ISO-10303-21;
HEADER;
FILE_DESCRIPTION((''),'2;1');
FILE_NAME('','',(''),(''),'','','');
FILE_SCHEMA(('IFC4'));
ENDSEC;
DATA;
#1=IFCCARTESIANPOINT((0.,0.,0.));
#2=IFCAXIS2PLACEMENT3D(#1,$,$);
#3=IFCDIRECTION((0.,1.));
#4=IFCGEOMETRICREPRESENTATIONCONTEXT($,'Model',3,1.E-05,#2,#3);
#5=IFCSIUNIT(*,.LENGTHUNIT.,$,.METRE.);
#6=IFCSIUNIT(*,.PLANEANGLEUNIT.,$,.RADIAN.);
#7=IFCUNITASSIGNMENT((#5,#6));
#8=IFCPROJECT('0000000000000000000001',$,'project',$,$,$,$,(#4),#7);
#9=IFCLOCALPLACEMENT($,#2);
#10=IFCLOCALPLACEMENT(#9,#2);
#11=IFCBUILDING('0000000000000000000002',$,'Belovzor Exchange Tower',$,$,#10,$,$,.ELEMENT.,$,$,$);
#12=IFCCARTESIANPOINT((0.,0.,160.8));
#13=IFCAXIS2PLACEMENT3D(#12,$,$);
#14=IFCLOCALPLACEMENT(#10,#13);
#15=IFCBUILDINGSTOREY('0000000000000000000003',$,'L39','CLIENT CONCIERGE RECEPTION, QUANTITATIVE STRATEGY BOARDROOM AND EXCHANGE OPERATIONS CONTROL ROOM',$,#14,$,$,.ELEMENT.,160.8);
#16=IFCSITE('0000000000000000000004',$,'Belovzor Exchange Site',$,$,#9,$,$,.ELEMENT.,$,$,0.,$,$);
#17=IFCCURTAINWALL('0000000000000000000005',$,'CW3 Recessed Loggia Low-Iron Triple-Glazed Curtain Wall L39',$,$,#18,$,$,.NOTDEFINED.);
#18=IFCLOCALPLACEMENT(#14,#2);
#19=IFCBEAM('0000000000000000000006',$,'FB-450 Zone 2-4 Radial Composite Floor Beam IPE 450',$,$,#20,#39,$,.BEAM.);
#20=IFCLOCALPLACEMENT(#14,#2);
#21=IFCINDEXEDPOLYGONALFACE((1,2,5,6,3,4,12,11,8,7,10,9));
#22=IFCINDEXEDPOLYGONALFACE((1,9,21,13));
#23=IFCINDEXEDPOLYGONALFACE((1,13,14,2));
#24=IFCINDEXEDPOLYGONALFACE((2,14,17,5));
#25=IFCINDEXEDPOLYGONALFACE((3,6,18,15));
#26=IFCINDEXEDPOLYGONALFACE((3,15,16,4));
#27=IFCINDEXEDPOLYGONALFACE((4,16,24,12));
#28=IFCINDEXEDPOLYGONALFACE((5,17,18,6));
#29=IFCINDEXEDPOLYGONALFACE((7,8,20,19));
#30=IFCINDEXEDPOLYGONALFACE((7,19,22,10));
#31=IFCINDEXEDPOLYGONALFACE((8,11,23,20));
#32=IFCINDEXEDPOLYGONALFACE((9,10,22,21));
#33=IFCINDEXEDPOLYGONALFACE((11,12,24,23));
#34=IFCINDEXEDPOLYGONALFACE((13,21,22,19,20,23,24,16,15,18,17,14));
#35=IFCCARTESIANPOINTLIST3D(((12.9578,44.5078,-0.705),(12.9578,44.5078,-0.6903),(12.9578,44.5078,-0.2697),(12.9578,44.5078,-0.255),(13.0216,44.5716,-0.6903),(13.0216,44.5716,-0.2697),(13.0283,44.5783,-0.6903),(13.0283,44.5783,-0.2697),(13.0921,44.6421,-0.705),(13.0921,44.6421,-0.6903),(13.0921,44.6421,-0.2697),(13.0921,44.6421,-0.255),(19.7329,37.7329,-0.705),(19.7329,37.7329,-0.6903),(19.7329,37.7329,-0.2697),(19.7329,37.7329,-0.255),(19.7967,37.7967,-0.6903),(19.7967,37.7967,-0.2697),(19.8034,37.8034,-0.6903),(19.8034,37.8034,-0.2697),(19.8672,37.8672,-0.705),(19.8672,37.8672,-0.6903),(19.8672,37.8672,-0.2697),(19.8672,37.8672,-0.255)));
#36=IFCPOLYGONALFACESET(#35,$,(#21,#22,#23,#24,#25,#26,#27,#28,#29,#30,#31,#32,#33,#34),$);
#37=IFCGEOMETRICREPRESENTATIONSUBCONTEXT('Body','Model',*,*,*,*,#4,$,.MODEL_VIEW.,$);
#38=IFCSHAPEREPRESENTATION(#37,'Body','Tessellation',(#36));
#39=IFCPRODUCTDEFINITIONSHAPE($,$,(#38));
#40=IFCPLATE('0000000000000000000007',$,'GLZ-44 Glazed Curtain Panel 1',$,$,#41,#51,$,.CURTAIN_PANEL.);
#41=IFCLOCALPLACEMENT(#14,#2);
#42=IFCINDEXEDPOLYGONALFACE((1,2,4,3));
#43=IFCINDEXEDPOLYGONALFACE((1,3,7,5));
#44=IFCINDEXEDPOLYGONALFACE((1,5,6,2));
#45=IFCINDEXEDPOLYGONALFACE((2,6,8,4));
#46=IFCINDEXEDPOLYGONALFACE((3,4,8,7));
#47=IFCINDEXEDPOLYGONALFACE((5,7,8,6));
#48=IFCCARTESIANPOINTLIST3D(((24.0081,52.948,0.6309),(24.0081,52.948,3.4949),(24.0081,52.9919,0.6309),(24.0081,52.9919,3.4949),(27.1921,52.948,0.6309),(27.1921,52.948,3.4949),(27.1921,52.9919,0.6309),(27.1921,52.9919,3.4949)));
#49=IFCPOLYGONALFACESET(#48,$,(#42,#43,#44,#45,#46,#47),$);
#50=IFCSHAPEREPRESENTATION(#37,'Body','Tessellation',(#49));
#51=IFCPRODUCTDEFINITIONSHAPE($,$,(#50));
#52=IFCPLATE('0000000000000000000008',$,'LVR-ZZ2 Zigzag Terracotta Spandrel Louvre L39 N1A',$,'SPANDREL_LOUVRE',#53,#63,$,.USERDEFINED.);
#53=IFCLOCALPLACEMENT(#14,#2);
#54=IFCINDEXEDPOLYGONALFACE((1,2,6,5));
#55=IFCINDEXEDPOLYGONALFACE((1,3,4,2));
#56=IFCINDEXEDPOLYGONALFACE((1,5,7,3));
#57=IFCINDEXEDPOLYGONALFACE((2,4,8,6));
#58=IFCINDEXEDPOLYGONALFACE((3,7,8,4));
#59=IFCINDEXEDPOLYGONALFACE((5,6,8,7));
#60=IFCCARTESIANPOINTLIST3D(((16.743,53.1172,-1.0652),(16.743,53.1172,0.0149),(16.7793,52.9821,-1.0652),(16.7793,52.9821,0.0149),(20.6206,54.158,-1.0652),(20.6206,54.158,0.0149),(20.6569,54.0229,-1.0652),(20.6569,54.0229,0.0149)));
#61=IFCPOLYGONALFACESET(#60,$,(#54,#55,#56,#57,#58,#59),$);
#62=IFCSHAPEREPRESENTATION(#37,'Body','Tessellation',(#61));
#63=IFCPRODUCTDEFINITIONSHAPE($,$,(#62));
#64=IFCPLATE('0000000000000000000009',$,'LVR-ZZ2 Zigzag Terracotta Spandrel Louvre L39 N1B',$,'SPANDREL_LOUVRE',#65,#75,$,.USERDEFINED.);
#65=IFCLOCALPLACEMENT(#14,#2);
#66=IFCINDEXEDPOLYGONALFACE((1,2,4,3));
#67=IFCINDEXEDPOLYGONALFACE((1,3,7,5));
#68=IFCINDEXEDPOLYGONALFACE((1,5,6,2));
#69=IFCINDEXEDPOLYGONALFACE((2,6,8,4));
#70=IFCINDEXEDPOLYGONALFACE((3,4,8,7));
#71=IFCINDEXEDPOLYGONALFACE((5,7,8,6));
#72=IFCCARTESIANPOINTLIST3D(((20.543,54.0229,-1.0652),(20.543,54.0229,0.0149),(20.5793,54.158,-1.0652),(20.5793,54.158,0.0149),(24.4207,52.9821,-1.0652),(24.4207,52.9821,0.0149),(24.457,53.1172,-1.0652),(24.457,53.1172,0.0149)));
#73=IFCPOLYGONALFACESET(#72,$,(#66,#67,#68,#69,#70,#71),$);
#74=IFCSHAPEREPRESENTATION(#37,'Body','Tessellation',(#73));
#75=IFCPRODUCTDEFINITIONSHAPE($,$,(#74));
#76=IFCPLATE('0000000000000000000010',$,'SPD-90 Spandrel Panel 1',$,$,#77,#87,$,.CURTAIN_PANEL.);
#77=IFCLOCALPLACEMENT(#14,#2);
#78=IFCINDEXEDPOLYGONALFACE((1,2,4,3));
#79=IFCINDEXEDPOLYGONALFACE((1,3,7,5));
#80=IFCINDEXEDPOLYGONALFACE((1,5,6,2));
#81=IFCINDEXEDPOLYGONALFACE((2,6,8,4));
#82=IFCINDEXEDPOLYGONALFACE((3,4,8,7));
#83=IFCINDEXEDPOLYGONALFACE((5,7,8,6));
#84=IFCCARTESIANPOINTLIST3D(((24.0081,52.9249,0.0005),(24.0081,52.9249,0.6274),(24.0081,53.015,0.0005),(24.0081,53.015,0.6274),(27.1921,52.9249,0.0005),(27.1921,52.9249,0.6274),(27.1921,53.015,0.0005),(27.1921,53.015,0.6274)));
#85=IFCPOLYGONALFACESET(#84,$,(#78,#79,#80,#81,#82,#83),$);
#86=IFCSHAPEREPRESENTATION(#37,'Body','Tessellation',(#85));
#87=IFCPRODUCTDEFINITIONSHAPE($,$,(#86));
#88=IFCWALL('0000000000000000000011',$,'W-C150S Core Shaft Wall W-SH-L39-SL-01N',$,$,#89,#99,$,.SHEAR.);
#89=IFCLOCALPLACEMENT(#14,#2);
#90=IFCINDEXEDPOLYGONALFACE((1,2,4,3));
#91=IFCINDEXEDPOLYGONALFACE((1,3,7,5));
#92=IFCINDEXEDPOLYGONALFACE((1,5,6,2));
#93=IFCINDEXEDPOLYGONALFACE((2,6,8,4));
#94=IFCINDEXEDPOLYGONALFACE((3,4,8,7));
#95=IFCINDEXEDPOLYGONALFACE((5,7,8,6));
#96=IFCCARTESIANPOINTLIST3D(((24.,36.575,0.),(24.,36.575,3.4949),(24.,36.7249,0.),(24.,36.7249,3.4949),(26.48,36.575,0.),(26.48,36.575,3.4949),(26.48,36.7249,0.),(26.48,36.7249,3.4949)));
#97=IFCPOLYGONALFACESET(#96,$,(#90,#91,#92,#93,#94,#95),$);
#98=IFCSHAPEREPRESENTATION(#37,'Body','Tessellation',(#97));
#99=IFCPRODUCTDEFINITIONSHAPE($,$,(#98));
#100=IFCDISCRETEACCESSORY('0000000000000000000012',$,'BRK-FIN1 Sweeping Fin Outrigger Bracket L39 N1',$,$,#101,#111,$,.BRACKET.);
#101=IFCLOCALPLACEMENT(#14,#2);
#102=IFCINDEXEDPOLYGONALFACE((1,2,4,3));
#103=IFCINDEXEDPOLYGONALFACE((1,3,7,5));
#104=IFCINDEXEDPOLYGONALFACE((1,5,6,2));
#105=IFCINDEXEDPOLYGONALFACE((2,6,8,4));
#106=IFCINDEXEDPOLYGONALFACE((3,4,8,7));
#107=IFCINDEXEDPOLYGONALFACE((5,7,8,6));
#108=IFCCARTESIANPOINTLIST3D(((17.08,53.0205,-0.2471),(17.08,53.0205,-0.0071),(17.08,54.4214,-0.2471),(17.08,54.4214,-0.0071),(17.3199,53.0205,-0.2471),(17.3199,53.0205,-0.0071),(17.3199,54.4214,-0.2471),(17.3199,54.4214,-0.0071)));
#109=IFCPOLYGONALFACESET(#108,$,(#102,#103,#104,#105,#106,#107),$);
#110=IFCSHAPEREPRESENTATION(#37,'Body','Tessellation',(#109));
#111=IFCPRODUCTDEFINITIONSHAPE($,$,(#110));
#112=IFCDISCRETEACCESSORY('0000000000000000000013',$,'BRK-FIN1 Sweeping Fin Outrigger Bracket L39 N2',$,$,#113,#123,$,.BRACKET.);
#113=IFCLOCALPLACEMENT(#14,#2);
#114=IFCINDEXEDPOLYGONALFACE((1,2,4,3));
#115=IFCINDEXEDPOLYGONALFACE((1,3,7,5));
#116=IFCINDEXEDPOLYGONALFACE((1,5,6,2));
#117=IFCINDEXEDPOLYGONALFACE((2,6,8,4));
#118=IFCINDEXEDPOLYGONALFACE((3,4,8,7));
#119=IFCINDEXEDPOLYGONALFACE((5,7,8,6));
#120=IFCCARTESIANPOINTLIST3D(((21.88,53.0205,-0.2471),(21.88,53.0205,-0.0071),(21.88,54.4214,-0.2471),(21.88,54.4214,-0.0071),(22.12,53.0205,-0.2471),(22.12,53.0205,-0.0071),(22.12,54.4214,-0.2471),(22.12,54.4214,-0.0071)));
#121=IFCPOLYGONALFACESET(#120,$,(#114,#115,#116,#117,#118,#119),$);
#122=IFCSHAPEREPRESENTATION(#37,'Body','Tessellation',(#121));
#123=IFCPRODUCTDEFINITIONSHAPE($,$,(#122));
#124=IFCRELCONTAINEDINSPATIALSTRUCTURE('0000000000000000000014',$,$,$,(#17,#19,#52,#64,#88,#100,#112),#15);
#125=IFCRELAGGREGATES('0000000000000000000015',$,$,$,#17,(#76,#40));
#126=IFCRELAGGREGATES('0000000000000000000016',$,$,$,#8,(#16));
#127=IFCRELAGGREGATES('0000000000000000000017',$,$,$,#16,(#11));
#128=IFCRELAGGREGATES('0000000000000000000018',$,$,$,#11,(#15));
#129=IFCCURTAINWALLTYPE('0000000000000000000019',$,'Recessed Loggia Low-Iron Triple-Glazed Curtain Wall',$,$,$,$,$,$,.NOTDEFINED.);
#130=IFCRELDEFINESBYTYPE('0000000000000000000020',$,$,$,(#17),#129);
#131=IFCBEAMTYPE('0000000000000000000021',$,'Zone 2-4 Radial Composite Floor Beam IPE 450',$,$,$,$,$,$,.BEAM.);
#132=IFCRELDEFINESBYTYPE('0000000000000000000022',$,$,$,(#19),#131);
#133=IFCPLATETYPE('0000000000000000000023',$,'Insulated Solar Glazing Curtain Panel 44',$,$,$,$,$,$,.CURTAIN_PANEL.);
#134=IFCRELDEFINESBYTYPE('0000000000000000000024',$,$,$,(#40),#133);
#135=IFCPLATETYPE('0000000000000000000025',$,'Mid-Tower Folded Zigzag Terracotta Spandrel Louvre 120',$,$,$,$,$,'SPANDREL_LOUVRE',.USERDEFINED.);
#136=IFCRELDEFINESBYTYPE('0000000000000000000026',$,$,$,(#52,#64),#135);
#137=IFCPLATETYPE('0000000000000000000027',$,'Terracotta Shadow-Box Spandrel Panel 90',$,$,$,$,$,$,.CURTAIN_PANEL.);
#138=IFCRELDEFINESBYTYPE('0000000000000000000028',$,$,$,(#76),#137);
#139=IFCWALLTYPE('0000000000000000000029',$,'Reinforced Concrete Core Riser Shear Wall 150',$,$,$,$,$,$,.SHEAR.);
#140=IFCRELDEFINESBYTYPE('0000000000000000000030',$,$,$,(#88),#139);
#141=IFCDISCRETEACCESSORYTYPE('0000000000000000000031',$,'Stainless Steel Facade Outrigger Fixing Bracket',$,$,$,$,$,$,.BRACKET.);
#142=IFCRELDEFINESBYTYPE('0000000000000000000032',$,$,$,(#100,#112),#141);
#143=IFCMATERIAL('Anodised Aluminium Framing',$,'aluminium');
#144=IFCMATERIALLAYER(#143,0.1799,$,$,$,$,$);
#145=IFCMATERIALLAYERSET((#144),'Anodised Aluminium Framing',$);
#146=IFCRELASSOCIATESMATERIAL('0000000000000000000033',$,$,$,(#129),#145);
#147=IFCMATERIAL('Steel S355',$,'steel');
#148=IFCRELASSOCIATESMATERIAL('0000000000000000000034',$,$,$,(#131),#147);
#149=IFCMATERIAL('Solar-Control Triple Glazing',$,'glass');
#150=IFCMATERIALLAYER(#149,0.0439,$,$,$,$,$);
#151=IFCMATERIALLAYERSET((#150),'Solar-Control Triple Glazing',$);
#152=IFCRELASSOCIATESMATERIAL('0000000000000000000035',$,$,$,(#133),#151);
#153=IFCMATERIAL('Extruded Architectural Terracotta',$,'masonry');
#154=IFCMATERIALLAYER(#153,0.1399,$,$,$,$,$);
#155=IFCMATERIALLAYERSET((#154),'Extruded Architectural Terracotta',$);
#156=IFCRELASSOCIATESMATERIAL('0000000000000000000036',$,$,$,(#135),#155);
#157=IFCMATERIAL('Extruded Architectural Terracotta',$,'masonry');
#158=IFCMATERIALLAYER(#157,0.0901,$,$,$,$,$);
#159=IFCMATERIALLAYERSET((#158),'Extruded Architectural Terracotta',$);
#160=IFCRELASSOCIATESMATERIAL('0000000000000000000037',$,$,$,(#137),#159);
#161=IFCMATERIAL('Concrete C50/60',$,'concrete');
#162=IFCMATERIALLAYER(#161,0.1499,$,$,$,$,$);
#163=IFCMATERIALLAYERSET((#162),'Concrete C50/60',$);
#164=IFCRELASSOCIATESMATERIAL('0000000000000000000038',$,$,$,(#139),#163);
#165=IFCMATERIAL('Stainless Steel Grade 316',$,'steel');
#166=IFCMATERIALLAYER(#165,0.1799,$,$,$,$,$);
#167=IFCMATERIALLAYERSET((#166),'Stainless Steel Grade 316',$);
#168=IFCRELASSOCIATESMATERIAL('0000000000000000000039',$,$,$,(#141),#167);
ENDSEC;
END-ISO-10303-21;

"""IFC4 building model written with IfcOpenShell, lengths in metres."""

from ifc_helpers import new_model, si_unit, direction, frame, frame_2d, origin, origin_2d, place, context, subcontext, project, spatial, rectangle, i_section, extrude, material, layer, layer_set, material_profile, profile_set, type_object, element, aggregate, save


model = new_model("IFC4")

# Units and contexts
model_context = context("Model", 3, precision=1e-05, world=origin(), true_north=direction((0.0, 1.0)))
body_context = subcontext(model_context, "Body", "Model", "MODEL_VIEW")
ifc_project = project(units=[si_unit("LENGTHUNIT", "METRE"), si_unit("PLANEANGLEUNIT", "RADIAN")], contexts=[model_context])

# Site, building, storey
site_placement = place(None, origin())
site = spatial("IfcSite", under=ifc_project, at=site_placement, Name="Belovzor Exchange Site", CompositionType="ELEMENT", RefElevation=0.0)
building_placement = place(site_placement, origin())
building = spatial("IfcBuilding", under=site, at=building_placement, Name="Belovzor Exchange Tower", CompositionType="ELEMENT")
storey_placement = place(building_placement, frame((0.0, 0.0, 160.8)))
storey = spatial("IfcBuildingStorey", under=building, at=storey_placement, Name="L39", Description="CLIENT CONCIERGE RECEPTION, QUANTITATIVE STRATEGY BOARDROOM AND EXCHANGE OPERATIONS CONTROL ROOM", CompositionType="ELEMENT", Elevation=160.8)

# Curtain wall
ifc_material_1 = material(Name="Anodised Aluminium Framing", Category="aluminium")
ifc_layer_1 = layer(ifc_material_1, 0.1799)
ifc_layer_set_1 = layer_set([ifc_layer_1], Name="Anodised Aluminium Framing")
curtain_wall_type = type_object("IfcCurtainWallType", Name="Recessed Loggia Low-Iron Triple-Glazed Curtain Wall", PredefinedType="NOTDEFINED", material=ifc_layer_set_1)
curtain_wall_placement = place(storey_placement, origin())
curtain_wall = element("IfcCurtainWall", 1, at=curtain_wall_placement, inside=storey, type_object=curtain_wall_type, Name="CW3 Recessed Loggia Low-Iron Triple-Glazed Curtain Wall L39", PredefinedType="NOTDEFINED")

# Beam
ifc_material_2 = material(Name="Steel S355", Category="steel")
ifc_material_profile_1 = material_profile(ifc_material_2, i_section(OverallWidth=0.1899, OverallDepth=0.45, WebThickness=0.0095, FlangeThickness=0.0146, at=origin_2d()))
ifc_profile_set_1 = profile_set([ifc_material_profile_1], Name="Steel S355")
beam_type_1 = type_object("IfcBeamType", Name="Zone 2-4 Radial Composite Floor Beam IPE 450", PredefinedType="BEAM", material=ifc_profile_set_1)
beam_1_placement = place(storey_placement, frame((19.8, 37.8, -0.48), z_axis=(-0.70712, 0.707094, 0.0), x_axis=(-0.707094, -0.70712, 0.0)))
element("IfcBeam", 2, at=beam_1_placement, inside=storey, type_object=beam_type_1, Name="FB-450 Zone 2-4 Radial Composite Floor Beam IPE 450", PredefinedType="BEAM", context=body_context, shape_type="SweptSolid", body=[
    extrude(i_section(OverallWidth=0.1899, OverallDepth=0.45, WebThickness=0.0095, FlangeThickness=0.0146, at=origin_2d()), origin(), (0.0, 0.0, 1.0), 9.5813),
])

# Plate
ifc_material_3 = material(Name="Solar-Control Triple Glazing", Category="glass")
ifc_layer_2 = layer(ifc_material_3, 0.0439)
ifc_layer_set_2 = layer_set([ifc_layer_2], Name="Solar-Control Triple Glazing")
plate_type_1 = type_object("IfcPlateType", Name="Insulated Solar Glazing Curtain Panel 44", PredefinedType="CURTAIN_PANEL", material=ifc_layer_set_2)
plate_1_placement = place(storey_placement, frame((25.6001, 52.97, 0.6309), z_axis=(0.0, 0.0, 1.0), x_axis=(1.0, 0.0, 0.0)))
plate_1 = element("IfcPlate", 3, at=plate_1_placement, type_object=plate_type_1, Name="GLZ-44 Glazed Curtain Panel 1", PredefinedType="CURTAIN_PANEL", context=body_context, shape_type="SweptSolid", body=[
    extrude(rectangle(XDim=3.1841, YDim=0.0439, at=origin_2d()), origin(), (0.0, 0.0, 1.0), 2.864),
])

# Plates
ifc_material_4 = material(Name="Extruded Architectural Terracotta", Category="masonry")
ifc_layer_3 = layer(ifc_material_4, 0.1399)
ifc_layer_set_3 = layer_set([ifc_layer_3], Name="Extruded Architectural Terracotta")
plate_type_2 = type_object("IfcPlateType", Name="Mid-Tower Folded Zigzag Terracotta Spandrel Louvre 120", ElementType="SPANDREL_LOUVRE", PredefinedType="USERDEFINED", material=ifc_layer_set_3)
for number, where, z_axis, x_axis, name in (
    (4, (18.7, 53.5701, -1.0652), (0.0, 0.0, 1.0), (0.965813, 0.25924, 0.0), "LVR-ZZ2 Zigzag Terracotta Spandrel Louvre L39 N1A"),
    (5, (22.5, 53.5701, -1.0652), (0.0, 0.0, 1.0), (0.965813, -0.25924, 0.0), "LVR-ZZ2 Zigzag Terracotta Spandrel Louvre L39 N1B"),
):
    element("IfcPlate", number, at=place(storey_placement, frame(where, z_axis=z_axis, x_axis=x_axis)), inside=storey, type_object=plate_type_2, Name=name, ObjectType="SPANDREL_LOUVRE", PredefinedType="USERDEFINED", context=body_context, shape_type="SweptSolid", body=[
        extrude(rectangle(XDim=4.0149, YDim=0.1399, at=origin_2d()), origin(), (0.0, 0.0, 1.0), 1.0801),
    ])

# Plate
ifc_material_5 = material(Name="Extruded Architectural Terracotta", Category="masonry")
ifc_layer_4 = layer(ifc_material_5, 0.0901)
ifc_layer_set_4 = layer_set([ifc_layer_4], Name="Extruded Architectural Terracotta")
plate_type_3 = type_object("IfcPlateType", Name="Terracotta Shadow-Box Spandrel Panel 90", PredefinedType="CURTAIN_PANEL", material=ifc_layer_set_4)
plate_2_placement = place(storey_placement, frame((25.6001, 52.97, 0.0005), z_axis=(0.0, 0.0, 1.0), x_axis=(1.0, 0.0, 0.0)))
plate_2 = element("IfcPlate", 6, at=plate_2_placement, type_object=plate_type_3, Name="SPD-90 Spandrel Panel 1", PredefinedType="CURTAIN_PANEL", context=body_context, shape_type="SweptSolid", body=[
    extrude(rectangle(XDim=3.1841, YDim=0.0901, at=origin_2d()), origin(), (0.0, 0.0, 1.0), 0.627),
])
aggregate(curtain_wall, [plate_2, plate_1])

# Wall
ifc_material_6 = material(Name="Concrete C50/60", Category="concrete")
ifc_layer_5 = layer(ifc_material_6, 0.1499)
ifc_layer_set_5 = layer_set([ifc_layer_5], Name="Concrete C50/60")
wall_type_1 = type_object("IfcWallType", Name="Reinforced Concrete Core Riser Shear Wall 150", PredefinedType="SHEAR", material=ifc_layer_set_5)
wall_1_placement = place(storey_placement, frame((24.0, 36.6499, 0.0), z_axis=(0.0, 0.0, 1.0), x_axis=(1.0, 0.0, 0.0)))
element("IfcWall", 7, at=wall_1_placement, inside=storey, type_object=wall_type_1, Name="W-C150S Core Shaft Wall W-SH-L39-SL-01N", PredefinedType="SHEAR", context=body_context, shape_type="SweptSolid", body=[
    extrude(rectangle(XDim=2.48, YDim=0.1499, at=frame_2d((1.24, 0.0))), origin(), (0.0, 0.0, 1.0), 3.4949),
])

# Discrete accessories
ifc_material_7 = material(Name="Stainless Steel Grade 316", Category="steel")
ifc_layer_6 = layer(ifc_material_7, 0.1799)
ifc_layer_set_6 = layer_set([ifc_layer_6], Name="Stainless Steel Grade 316")
discrete_accessory_type = type_object("IfcDiscreteAccessoryType", Name="Stainless Steel Facade Outrigger Fixing Bracket", PredefinedType="BRACKET", material=ifc_layer_set_6)
for number, where, z_axis, x_axis, name in (
    (8, (17.2, 53.7209, -0.2471), (0.0, 0.0, 1.0), (0.0, 1.0, 0.0), "BRK-FIN1 Sweeping Fin Outrigger Bracket L39 N1"),
    (9, (22.0, 53.7209, -0.2471), (0.0, 0.0, 1.0), (0.0, 1.0, 0.0), "BRK-FIN1 Sweeping Fin Outrigger Bracket L39 N2"),
):
    element("IfcDiscreteAccessory", number, at=place(storey_placement, frame(where, z_axis=z_axis, x_axis=x_axis)), inside=storey, type_object=discrete_accessory_type, Name=name, PredefinedType="BRACKET", context=body_context, shape_type="SweptSolid", body=[
        extrude(rectangle(XDim=1.4009, YDim=0.24, at=origin_2d()), origin(), (0.0, 0.0, 1.0), 0.24),
    ])

save(model, "model.ifc")
